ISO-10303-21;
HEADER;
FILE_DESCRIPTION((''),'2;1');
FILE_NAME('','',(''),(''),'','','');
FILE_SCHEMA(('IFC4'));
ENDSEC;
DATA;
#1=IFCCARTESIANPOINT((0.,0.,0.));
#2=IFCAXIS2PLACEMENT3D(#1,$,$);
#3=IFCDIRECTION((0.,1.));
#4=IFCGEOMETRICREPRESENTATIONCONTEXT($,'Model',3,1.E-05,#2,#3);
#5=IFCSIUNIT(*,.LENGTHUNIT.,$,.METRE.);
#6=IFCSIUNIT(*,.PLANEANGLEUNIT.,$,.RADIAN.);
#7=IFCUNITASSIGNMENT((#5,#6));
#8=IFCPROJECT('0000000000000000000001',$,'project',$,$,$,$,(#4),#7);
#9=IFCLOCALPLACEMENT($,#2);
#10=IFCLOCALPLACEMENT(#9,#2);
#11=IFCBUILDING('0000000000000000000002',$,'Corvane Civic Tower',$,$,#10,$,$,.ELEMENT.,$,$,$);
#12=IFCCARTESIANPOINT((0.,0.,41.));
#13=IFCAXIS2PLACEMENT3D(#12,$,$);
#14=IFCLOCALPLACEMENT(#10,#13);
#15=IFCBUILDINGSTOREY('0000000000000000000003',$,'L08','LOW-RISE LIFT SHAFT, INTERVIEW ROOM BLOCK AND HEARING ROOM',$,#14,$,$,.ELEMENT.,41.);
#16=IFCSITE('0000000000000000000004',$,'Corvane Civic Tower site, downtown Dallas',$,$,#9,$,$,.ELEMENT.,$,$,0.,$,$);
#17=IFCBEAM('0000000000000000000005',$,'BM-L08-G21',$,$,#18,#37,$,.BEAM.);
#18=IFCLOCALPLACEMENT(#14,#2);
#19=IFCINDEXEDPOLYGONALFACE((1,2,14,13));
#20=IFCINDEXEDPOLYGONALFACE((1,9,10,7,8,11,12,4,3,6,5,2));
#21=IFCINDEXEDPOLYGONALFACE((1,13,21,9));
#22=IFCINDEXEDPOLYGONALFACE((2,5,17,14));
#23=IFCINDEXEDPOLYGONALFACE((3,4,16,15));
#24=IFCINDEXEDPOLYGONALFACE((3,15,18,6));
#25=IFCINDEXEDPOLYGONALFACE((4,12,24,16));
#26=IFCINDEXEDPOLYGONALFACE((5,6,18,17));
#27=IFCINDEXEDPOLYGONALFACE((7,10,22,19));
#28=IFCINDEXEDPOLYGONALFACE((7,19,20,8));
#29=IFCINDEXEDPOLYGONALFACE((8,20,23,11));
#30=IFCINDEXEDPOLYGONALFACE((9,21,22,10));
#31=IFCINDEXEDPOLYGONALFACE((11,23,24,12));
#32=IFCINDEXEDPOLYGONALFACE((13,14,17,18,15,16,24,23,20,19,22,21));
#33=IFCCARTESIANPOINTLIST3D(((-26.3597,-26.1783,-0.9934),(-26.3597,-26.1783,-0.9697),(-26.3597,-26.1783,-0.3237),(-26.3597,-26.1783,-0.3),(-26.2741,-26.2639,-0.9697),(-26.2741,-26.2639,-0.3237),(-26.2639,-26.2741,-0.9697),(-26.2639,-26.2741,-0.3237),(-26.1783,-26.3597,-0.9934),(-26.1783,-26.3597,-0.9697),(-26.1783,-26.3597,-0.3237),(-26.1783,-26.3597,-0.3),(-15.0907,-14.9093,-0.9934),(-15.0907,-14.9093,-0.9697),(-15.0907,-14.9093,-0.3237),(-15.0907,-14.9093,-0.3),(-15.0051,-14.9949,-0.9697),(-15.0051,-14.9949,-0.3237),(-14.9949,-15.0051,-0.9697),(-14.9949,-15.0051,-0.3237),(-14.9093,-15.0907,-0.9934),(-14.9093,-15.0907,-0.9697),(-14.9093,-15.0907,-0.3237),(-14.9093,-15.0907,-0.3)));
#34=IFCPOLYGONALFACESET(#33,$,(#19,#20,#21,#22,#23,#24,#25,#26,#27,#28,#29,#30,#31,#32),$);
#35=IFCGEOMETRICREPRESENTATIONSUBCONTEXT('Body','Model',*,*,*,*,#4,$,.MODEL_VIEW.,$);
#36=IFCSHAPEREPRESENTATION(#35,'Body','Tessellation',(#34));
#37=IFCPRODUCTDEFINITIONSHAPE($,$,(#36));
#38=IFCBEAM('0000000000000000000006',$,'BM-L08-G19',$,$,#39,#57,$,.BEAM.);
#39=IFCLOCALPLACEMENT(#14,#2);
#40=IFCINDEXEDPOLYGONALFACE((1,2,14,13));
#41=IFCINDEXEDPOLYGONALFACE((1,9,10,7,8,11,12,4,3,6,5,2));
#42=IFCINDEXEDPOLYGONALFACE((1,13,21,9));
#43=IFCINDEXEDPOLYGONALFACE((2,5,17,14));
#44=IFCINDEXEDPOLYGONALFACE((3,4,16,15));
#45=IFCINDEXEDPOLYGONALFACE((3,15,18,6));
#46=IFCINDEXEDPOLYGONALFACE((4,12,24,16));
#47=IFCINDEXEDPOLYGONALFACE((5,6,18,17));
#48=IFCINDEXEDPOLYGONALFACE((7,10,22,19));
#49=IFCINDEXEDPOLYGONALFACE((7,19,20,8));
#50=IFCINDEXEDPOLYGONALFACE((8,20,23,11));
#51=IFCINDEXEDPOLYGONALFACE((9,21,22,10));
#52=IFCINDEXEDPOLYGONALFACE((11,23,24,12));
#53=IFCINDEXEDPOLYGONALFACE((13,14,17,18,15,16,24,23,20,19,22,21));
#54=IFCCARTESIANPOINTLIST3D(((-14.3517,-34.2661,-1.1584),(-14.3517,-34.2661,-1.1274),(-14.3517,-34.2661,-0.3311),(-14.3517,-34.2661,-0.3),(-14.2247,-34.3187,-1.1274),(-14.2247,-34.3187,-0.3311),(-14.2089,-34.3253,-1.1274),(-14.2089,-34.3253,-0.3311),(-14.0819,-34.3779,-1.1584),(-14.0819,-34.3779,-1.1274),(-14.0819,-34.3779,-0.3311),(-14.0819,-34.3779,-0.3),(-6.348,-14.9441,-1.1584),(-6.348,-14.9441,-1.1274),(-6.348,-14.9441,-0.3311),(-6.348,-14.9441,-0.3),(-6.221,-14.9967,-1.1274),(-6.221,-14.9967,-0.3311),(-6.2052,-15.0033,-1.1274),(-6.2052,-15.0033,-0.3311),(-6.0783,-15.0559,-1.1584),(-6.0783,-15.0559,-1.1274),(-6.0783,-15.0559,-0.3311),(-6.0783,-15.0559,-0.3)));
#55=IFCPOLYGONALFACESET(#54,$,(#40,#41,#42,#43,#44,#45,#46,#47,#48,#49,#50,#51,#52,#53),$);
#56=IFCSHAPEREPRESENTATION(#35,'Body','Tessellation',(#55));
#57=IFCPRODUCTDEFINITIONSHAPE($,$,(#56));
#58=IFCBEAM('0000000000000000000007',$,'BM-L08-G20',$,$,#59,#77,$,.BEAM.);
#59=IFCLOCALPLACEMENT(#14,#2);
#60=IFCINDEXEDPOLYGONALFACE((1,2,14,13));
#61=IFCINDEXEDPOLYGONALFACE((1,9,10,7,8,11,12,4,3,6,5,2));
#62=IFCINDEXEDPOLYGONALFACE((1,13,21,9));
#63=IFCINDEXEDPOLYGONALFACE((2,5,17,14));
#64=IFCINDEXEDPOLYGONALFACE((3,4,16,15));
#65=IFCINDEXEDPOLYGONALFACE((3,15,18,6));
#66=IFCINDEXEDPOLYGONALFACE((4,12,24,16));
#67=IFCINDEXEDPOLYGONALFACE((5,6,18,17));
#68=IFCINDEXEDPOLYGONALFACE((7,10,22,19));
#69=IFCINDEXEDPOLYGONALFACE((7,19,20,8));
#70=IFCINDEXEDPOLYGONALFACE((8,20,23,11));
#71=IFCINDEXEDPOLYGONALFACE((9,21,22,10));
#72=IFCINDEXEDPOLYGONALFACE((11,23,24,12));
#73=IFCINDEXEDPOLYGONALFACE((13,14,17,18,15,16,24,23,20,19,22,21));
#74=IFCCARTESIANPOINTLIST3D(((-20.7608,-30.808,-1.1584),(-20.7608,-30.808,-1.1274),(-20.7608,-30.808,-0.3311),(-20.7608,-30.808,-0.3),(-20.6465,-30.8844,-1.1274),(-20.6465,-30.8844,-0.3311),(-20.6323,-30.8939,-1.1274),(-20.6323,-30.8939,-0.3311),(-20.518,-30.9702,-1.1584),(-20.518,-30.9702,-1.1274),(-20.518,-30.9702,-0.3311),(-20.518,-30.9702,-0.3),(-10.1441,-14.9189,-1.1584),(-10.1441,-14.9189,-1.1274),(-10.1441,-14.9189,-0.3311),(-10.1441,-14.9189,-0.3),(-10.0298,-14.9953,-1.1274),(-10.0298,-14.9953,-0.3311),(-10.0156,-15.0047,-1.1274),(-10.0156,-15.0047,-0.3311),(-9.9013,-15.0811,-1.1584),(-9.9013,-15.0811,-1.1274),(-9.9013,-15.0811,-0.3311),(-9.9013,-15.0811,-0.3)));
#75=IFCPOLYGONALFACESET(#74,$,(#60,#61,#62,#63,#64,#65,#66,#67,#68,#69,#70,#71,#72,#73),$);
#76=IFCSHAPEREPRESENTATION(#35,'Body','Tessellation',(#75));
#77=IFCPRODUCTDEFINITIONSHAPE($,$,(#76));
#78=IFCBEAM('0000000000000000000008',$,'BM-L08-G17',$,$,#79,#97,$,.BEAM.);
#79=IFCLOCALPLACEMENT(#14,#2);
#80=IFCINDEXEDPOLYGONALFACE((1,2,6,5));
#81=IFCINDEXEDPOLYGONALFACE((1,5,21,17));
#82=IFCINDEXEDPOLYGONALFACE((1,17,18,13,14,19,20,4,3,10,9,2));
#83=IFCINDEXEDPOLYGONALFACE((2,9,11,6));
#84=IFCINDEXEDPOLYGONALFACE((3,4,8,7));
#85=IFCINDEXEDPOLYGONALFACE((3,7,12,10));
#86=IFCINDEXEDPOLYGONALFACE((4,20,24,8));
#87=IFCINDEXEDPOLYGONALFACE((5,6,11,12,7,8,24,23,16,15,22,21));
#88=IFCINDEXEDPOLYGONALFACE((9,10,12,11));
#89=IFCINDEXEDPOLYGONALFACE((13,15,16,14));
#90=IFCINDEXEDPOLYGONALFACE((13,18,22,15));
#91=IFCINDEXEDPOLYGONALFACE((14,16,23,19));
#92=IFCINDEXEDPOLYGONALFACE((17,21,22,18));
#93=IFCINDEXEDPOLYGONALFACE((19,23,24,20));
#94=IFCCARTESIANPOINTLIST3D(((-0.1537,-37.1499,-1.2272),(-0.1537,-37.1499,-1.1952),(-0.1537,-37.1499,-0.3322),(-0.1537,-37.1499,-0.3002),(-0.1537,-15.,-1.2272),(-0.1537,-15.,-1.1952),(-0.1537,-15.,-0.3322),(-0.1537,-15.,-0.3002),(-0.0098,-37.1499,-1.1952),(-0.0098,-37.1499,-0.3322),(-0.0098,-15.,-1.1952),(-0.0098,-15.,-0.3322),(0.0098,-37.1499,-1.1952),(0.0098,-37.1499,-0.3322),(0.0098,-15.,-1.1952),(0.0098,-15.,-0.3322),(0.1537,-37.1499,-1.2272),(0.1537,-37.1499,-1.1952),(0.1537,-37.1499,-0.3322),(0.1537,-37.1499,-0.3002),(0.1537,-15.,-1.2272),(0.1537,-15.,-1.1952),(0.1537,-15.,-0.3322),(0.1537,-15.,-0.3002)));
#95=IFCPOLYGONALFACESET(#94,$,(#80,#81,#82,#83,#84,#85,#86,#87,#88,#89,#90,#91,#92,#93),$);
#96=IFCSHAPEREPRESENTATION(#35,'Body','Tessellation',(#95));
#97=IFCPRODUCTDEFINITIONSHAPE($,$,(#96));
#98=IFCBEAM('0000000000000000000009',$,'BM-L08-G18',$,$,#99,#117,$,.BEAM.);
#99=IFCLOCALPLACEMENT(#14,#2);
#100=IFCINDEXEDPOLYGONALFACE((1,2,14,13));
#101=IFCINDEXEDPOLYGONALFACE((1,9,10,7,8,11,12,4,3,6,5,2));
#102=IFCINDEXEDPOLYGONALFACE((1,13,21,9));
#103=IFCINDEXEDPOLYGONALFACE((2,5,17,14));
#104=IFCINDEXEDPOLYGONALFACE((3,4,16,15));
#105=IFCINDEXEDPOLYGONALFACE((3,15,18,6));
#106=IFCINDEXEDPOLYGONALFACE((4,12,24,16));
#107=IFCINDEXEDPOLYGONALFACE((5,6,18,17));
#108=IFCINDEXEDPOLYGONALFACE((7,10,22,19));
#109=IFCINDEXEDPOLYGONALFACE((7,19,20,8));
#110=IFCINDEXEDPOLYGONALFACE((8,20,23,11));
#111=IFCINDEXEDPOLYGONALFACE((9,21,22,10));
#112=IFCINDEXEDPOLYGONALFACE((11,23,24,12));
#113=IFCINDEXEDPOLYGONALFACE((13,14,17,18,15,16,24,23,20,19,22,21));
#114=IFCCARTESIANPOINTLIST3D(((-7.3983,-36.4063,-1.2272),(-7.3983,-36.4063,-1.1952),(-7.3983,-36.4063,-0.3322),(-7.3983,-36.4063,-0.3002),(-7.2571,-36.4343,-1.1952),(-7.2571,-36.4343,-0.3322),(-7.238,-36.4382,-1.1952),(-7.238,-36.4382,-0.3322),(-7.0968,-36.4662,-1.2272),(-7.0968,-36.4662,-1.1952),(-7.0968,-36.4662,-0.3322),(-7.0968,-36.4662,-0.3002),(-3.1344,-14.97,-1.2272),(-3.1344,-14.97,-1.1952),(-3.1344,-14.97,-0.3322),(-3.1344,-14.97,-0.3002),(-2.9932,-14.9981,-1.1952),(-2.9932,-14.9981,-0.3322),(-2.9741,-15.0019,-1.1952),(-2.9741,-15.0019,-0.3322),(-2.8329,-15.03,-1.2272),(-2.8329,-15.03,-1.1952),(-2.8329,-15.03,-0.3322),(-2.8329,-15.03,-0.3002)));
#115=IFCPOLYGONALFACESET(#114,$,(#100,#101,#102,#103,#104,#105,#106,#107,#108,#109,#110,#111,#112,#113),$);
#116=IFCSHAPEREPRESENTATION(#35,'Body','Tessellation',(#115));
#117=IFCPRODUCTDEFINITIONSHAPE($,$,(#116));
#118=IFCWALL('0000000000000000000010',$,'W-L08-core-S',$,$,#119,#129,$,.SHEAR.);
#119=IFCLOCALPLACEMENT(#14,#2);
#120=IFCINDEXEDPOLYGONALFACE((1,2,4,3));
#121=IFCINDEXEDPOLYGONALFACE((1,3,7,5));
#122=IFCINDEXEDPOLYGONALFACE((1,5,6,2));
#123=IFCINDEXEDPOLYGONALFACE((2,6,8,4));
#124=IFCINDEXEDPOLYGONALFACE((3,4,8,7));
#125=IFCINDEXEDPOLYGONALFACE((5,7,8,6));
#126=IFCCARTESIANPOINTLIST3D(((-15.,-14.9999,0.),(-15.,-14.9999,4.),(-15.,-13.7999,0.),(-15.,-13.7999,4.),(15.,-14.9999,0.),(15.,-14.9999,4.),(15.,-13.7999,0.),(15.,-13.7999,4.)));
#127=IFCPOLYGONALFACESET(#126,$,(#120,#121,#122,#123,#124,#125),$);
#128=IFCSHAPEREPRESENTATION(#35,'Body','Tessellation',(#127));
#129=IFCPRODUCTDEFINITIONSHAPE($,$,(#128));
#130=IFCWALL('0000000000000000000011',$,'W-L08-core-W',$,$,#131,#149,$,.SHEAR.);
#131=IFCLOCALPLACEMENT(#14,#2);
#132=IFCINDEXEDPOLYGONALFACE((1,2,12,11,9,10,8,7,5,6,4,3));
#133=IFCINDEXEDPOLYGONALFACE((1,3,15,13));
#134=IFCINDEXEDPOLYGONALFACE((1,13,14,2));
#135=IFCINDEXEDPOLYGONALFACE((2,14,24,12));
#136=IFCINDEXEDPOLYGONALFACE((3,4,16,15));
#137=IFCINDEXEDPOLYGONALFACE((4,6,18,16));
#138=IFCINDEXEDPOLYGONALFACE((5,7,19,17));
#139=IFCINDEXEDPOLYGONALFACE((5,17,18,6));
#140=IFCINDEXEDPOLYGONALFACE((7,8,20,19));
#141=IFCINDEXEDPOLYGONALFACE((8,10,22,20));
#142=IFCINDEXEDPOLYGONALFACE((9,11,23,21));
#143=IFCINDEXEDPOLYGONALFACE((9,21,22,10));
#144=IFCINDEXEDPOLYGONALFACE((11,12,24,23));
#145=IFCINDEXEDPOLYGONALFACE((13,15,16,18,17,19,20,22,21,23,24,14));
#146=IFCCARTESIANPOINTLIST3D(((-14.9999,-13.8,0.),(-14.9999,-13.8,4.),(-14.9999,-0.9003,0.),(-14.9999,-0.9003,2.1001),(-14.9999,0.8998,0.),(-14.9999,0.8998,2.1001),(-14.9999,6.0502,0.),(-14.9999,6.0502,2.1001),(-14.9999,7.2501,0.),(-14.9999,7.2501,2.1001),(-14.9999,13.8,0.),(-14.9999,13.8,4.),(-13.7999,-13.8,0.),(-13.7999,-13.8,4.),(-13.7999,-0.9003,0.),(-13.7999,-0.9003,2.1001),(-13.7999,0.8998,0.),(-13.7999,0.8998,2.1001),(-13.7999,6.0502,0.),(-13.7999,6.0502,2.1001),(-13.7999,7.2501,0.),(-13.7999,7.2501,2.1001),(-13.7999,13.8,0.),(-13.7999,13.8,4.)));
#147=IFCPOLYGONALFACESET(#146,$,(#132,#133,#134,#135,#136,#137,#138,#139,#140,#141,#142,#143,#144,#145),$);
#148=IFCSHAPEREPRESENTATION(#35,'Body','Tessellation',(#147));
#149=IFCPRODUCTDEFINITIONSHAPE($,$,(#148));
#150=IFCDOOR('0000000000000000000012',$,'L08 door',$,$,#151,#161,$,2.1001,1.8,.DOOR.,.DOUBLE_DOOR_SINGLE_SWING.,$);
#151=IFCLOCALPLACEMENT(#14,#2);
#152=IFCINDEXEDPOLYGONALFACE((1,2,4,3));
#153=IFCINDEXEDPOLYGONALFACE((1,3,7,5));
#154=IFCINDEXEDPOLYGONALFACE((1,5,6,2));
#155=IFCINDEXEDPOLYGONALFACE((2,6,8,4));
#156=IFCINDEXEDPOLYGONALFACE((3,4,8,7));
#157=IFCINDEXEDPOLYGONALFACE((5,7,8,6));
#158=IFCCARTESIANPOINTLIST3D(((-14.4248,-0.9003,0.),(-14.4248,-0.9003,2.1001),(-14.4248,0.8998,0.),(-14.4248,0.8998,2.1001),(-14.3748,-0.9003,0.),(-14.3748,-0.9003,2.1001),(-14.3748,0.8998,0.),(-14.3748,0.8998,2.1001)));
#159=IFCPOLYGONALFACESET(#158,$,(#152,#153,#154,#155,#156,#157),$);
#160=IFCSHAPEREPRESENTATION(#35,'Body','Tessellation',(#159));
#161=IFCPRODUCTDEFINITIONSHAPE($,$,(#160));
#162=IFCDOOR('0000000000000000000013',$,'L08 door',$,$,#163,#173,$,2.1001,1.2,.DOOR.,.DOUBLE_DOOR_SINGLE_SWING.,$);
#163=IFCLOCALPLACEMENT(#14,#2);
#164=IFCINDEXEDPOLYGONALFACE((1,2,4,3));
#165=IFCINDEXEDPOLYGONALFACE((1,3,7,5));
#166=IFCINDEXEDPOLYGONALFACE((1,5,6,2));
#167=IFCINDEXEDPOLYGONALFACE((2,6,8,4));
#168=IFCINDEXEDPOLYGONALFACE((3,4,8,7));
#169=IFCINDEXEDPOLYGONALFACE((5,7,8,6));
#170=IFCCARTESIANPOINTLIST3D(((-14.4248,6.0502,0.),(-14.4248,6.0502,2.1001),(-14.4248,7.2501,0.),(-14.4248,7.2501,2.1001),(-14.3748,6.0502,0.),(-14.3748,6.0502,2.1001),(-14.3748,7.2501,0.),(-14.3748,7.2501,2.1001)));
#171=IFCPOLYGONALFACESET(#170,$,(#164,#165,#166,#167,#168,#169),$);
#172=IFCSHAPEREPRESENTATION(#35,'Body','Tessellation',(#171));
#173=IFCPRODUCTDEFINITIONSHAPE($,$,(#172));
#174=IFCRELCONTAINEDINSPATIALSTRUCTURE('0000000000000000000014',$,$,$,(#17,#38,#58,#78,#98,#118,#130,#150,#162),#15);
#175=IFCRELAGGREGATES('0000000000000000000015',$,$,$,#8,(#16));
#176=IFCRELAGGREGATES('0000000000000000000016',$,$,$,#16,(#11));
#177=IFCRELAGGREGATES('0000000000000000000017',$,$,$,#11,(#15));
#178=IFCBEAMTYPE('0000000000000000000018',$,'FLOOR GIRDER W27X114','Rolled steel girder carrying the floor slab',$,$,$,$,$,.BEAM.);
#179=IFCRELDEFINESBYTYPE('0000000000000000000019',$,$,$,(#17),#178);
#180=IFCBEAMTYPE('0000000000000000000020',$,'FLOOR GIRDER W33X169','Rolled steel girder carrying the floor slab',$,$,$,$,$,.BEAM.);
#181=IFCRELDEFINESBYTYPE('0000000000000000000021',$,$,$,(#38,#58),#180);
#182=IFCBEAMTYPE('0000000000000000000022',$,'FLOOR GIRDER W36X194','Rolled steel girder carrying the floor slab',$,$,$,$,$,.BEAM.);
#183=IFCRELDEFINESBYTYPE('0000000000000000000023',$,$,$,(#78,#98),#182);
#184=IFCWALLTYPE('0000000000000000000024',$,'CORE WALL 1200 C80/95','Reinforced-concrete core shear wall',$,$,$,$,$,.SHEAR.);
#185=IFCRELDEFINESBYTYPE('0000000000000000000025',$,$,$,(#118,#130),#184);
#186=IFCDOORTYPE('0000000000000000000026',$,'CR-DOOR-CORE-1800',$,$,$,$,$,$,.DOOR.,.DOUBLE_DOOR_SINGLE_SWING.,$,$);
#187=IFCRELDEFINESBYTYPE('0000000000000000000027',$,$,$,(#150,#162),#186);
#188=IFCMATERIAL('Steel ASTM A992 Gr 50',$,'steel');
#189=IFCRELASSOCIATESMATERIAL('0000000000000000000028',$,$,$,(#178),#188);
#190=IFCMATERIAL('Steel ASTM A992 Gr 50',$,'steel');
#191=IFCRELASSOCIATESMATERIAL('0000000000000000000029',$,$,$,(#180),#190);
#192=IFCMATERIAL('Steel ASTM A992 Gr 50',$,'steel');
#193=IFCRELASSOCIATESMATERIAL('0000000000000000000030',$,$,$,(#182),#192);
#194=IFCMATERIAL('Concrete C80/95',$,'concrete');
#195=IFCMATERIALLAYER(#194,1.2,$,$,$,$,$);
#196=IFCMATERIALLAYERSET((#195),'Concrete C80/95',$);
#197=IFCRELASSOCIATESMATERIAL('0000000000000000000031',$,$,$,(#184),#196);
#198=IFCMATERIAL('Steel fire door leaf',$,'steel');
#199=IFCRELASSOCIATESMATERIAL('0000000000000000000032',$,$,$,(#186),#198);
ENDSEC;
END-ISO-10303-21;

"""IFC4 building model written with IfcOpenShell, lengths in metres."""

from ifc_helpers import new_model, si_unit, direction, frame, frame_2d, origin, origin_2d, place, context, subcontext, project, spatial, rectangle, i_section, extrude, material, layer, layer_set, material_profile, profile_set, type_object, element, fill, save


model = new_model("IFC4")

# Units and contexts
model_context = context("Model", 3, precision=1e-05, world=origin(), true_north=direction((0.0, 1.0)))
body_context = subcontext(model_context, "Body", "Model", "MODEL_VIEW")
ifc_project = project(units=[si_unit("LENGTHUNIT", "METRE"), si_unit("PLANEANGLEUNIT", "RADIAN")], contexts=[model_context])

# Site, building, storey
site_placement = place(None, origin())
site = spatial("IfcSite", under=ifc_project, at=site_placement, Name="Corvane Civic Tower site, downtown Dallas", CompositionType="ELEMENT", RefElevation=0.0)
building_placement = place(site_placement, origin())
building = spatial("IfcBuilding", under=site, at=building_placement, Name="Corvane Civic Tower", CompositionType="ELEMENT")
storey_placement = place(building_placement, frame((0.0, 0.0, 41.0)))
storey = spatial("IfcBuildingStorey", under=building, at=storey_placement, Name="L08", Description="LOW-RISE LIFT SHAFT, INTERVIEW ROOM BLOCK AND HEARING ROOM", CompositionType="ELEMENT", Elevation=41.0)

# Beams
ifc_material_1 = material(Name="Steel ASTM A992 Gr 50", Category="steel")
ifc_material_profile_1 = material_profile(ifc_material_1, i_section(OverallWidth=0.2566, OverallDepth=0.6934, WebThickness=0.0144, FlangeThickness=0.0237, at=origin_2d()), Name="W27X114")
ifc_profile_set_1 = profile_set([ifc_material_profile_1], Name="Steel ASTM A992 Gr 50")
beam_type_1 = type_object("IfcBeamType", Name="FLOOR GIRDER W27X114", Description="Rolled steel girder carrying the floor slab", PredefinedType="BEAM", material=ifc_profile_set_1)
beam_1_placement = place(storey_placement, frame((-15.0, -15.0, -0.6467), z_axis=(-0.707107, -0.707107, 0.0), x_axis=(0.707107, -0.707107, 0.0)))
element("IfcBeam", 1, at=beam_1_placement, inside=storey, type_object=beam_type_1, Name="BM-L08-G21", PredefinedType="BEAM", context=body_context, shape_type="SweptSolid", body=[
    extrude(i_section(OverallWidth=0.2566, OverallDepth=0.6934, WebThickness=0.0144, FlangeThickness=0.0237, at=origin_2d()), origin(), (0.0, 0.0, 1.0), 15.9368),
])
ifc_material_2 = material(Name="Steel ASTM A992 Gr 50", Category="steel")
ifc_material_profile_2 = material_profile(ifc_material_2, i_section(OverallWidth=0.292, OverallDepth=0.8584, WebThickness=0.0171, FlangeThickness=0.031, at=origin_2d()), Name="W33X169")
ifc_profile_set_2 = profile_set([ifc_material_profile_2], Name="Steel ASTM A992 Gr 50")
beam_type_2 = type_object("IfcBeamType", Name="FLOOR GIRDER W33X169", Description="Rolled steel girder carrying the floor slab", PredefinedType="BEAM", material=ifc_profile_set_2)
beam_2_placement = place(storey_placement, frame((-6.2131, -15.0, -0.7292), z_axis=(-0.382692, -0.923876, 0.0), x_axis=(0.923876, -0.382692, 0.0)))
element("IfcBeam", 2, at=beam_2_placement, inside=storey, type_object=beam_type_2, Name="BM-L08-G19", PredefinedType="BEAM", context=body_context, shape_type="SweptSolid", body=[
    extrude(i_section(OverallWidth=0.292, OverallDepth=0.8584, WebThickness=0.0171, FlangeThickness=0.031, at=origin_2d()), origin(), (0.0, 0.0, 1.0), 20.9141),
])
beam_3_placement = place(storey_placement, frame((-10.0227, -15.0, -0.7292), z_axis=(-0.555567, -0.831472, 0.0), x_axis=(0.831472, -0.555567, 0.0)))
element("IfcBeam", 3, at=beam_3_placement, inside=storey, type_object=beam_type_2, Name="BM-L08-G20", PredefinedType="BEAM", context=body_context, shape_type="SweptSolid", body=[
    extrude(i_section(OverallWidth=0.292, OverallDepth=0.8584, WebThickness=0.0171, FlangeThickness=0.031, at=origin_2d()), origin(), (0.0, 0.0, 1.0), 19.1096),
])
ifc_material_3 = material(Name="Steel ASTM A992 Gr 50", Category="steel")
ifc_material_profile_3 = material_profile(ifc_material_3, i_section(OverallWidth=0.3074, OverallDepth=0.927, WebThickness=0.0195, FlangeThickness=0.032, at=origin_2d()), Name="W36X194")
ifc_profile_set_3 = profile_set([ifc_material_profile_3], Name="Steel ASTM A992 Gr 50")
beam_type_3 = type_object("IfcBeamType", Name="FLOOR GIRDER W36X194", Description="Rolled steel girder carrying the floor slab", PredefinedType="BEAM", material=ifc_profile_set_3)
beam_4_placement = place(storey_placement, frame((0.0, -15.0, -0.7637), z_axis=(0.0, -1.0, 0.0), x_axis=(1.0, 0.0, 0.0)))
element("IfcBeam", 4, at=beam_4_placement, inside=storey, type_object=beam_type_3, Name="BM-L08-G17", PredefinedType="BEAM", context=body_context, shape_type="SweptSolid", body=[
    extrude(i_section(OverallWidth=0.3074, OverallDepth=0.927, WebThickness=0.0195, FlangeThickness=0.032, at=origin_2d()), origin(), (0.0, 0.0, 1.0), 22.1499),
])
beam_5_placement = place(storey_placement, frame((-2.9836, -15.0, -0.7637), z_axis=(-0.195089, -0.980785, 0.0), x_axis=(0.980785, -0.195089, 0.0)))
element("IfcBeam", 5, at=beam_5_placement, inside=storey, type_object=beam_type_3, Name="BM-L08-G18", PredefinedType="BEAM", context=body_context, shape_type="SweptSolid", body=[
    extrude(i_section(OverallWidth=0.3074, OverallDepth=0.927, WebThickness=0.0195, FlangeThickness=0.032, at=origin_2d()), origin(), (0.0, 0.0, 1.0), 21.8562),
])

# Wall
ifc_material_4 = material(Name="Concrete C80/95", Category="concrete")
ifc_layer_1 = layer(ifc_material_4, 1.2)
ifc_layer_set_1 = layer_set([ifc_layer_1], Name="Concrete C80/95")
wall_type_1 = type_object("IfcWallType", Name="CORE WALL 1200 C80/95", Description="Reinforced-concrete core shear wall", PredefinedType="SHEAR", material=ifc_layer_set_1)
wall_1_placement = place(storey_placement, frame((-15.0, -14.3999, 0.0), z_axis=(0.0, 0.0, 1.0), x_axis=(1.0, 0.0, 0.0)))
element("IfcWall", 6, at=wall_1_placement, inside=storey, type_object=wall_type_1, Name="W-L08-core-S", PredefinedType="SHEAR", context=body_context, shape_type="SweptSolid", body=[
    extrude(rectangle(XDim=30.0, YDim=1.2, at=frame_2d((15.0, 0.0))), origin(), (0.0, 0.0, 1.0), 4.0),
])

# Wall, openings, doors
wall_2_placement = place(storey_placement, frame((-14.3999, -13.8, 0.0), z_axis=(0.0, 0.0, 1.0), x_axis=(0.0, 1.0, 0.0)))
wall_2 = element("IfcWall", 7, at=wall_2_placement, inside=storey, type_object=wall_type_1, Name="W-L08-core-W", PredefinedType="SHEAR", context=body_context, shape_type="SweptSolid", body=[
    extrude(rectangle(XDim=27.6001, YDim=1.2, at=frame_2d((13.8, 0.0))), origin(), (0.0, 0.0, 1.0), 4.0),
])
opening_1_placement = place(wall_2_placement, frame((12.8999, 0.0, 0.0)))
opening_1 = element("IfcOpeningElement", 8, at=opening_1_placement, cuts=wall_2, PredefinedType="OPENING", context=body_context, shape_type="SweptSolid", body=[
    extrude(rectangle(XDim=1.8, YDim=2.1001, at=frame_2d((0.8999, 1.05))), frame((0.0, 0.6099, 0.0), z_axis=(0.0, -1.0, 0.0), x_axis=(1.0, 0.0, 0.0)), (0.0, 0.0, 1.0), 1.22),
])
opening_2_placement = place(wall_2_placement, frame((19.8501, 0.0, 0.0)))
opening_2 = element("IfcOpeningElement", 9, at=opening_2_placement, cuts=wall_2, PredefinedType="OPENING", context=body_context, shape_type="SweptSolid", body=[
    extrude(rectangle(XDim=1.2, YDim=2.1001, at=frame_2d((0.6001, 1.05))), frame((0.0, 0.6099, 0.0), z_axis=(0.0, -1.0, 0.0), x_axis=(1.0, 0.0, 0.0)), (0.0, 0.0, 1.0), 1.22),
])
ifc_material_5 = material(Name="Steel fire door leaf", Category="steel")
door_type_1 = type_object("IfcDoorType", Name="CR-DOOR-CORE-1800", OperationType="DOUBLE_DOOR_SINGLE_SWING", PredefinedType="DOOR", material=ifc_material_5)
door_1_placement = place(opening_1_placement, origin())
door_1 = element("IfcDoor", 10, at=door_1_placement, inside=storey, type_object=door_type_1, Name="L08 door", OperationType="DOUBLE_DOOR_SINGLE_SWING", OverallHeight=2.1001, OverallWidth=1.8, PredefinedType="DOOR", context=body_context, shape_type="SweptSolid", body=[
    extrude(rectangle(XDim=1.8, YDim=2.1001, at=frame_2d((0.8999, 1.05))), frame((0.0, 0.0249, 0.0), z_axis=(0.0, -1.0, 0.0), x_axis=(1.0, 0.0, 0.0)), (0.0, 0.0, 1.0), 0.05),
])
fill(opening_1, door_1)
door_2_placement = place(opening_2_placement, origin())
door_2 = element("IfcDoor", 11, at=door_2_placement, inside=storey, type_object=door_type_1, Name="L08 door", OperationType="DOUBLE_DOOR_SINGLE_SWING", OverallHeight=2.1001, OverallWidth=1.2, PredefinedType="DOOR", context=body_context, shape_type="SweptSolid", body=[
    extrude(rectangle(XDim=1.2, YDim=2.1001, at=frame_2d((0.6001, 1.05))), frame((0.0, 0.0249, 0.0), z_axis=(0.0, -1.0, 0.0), x_axis=(1.0, 0.0, 0.0)), (0.0, 0.0, 1.0), 0.05),
])
fill(opening_2, door_2)

save(model, "model.ifc")
